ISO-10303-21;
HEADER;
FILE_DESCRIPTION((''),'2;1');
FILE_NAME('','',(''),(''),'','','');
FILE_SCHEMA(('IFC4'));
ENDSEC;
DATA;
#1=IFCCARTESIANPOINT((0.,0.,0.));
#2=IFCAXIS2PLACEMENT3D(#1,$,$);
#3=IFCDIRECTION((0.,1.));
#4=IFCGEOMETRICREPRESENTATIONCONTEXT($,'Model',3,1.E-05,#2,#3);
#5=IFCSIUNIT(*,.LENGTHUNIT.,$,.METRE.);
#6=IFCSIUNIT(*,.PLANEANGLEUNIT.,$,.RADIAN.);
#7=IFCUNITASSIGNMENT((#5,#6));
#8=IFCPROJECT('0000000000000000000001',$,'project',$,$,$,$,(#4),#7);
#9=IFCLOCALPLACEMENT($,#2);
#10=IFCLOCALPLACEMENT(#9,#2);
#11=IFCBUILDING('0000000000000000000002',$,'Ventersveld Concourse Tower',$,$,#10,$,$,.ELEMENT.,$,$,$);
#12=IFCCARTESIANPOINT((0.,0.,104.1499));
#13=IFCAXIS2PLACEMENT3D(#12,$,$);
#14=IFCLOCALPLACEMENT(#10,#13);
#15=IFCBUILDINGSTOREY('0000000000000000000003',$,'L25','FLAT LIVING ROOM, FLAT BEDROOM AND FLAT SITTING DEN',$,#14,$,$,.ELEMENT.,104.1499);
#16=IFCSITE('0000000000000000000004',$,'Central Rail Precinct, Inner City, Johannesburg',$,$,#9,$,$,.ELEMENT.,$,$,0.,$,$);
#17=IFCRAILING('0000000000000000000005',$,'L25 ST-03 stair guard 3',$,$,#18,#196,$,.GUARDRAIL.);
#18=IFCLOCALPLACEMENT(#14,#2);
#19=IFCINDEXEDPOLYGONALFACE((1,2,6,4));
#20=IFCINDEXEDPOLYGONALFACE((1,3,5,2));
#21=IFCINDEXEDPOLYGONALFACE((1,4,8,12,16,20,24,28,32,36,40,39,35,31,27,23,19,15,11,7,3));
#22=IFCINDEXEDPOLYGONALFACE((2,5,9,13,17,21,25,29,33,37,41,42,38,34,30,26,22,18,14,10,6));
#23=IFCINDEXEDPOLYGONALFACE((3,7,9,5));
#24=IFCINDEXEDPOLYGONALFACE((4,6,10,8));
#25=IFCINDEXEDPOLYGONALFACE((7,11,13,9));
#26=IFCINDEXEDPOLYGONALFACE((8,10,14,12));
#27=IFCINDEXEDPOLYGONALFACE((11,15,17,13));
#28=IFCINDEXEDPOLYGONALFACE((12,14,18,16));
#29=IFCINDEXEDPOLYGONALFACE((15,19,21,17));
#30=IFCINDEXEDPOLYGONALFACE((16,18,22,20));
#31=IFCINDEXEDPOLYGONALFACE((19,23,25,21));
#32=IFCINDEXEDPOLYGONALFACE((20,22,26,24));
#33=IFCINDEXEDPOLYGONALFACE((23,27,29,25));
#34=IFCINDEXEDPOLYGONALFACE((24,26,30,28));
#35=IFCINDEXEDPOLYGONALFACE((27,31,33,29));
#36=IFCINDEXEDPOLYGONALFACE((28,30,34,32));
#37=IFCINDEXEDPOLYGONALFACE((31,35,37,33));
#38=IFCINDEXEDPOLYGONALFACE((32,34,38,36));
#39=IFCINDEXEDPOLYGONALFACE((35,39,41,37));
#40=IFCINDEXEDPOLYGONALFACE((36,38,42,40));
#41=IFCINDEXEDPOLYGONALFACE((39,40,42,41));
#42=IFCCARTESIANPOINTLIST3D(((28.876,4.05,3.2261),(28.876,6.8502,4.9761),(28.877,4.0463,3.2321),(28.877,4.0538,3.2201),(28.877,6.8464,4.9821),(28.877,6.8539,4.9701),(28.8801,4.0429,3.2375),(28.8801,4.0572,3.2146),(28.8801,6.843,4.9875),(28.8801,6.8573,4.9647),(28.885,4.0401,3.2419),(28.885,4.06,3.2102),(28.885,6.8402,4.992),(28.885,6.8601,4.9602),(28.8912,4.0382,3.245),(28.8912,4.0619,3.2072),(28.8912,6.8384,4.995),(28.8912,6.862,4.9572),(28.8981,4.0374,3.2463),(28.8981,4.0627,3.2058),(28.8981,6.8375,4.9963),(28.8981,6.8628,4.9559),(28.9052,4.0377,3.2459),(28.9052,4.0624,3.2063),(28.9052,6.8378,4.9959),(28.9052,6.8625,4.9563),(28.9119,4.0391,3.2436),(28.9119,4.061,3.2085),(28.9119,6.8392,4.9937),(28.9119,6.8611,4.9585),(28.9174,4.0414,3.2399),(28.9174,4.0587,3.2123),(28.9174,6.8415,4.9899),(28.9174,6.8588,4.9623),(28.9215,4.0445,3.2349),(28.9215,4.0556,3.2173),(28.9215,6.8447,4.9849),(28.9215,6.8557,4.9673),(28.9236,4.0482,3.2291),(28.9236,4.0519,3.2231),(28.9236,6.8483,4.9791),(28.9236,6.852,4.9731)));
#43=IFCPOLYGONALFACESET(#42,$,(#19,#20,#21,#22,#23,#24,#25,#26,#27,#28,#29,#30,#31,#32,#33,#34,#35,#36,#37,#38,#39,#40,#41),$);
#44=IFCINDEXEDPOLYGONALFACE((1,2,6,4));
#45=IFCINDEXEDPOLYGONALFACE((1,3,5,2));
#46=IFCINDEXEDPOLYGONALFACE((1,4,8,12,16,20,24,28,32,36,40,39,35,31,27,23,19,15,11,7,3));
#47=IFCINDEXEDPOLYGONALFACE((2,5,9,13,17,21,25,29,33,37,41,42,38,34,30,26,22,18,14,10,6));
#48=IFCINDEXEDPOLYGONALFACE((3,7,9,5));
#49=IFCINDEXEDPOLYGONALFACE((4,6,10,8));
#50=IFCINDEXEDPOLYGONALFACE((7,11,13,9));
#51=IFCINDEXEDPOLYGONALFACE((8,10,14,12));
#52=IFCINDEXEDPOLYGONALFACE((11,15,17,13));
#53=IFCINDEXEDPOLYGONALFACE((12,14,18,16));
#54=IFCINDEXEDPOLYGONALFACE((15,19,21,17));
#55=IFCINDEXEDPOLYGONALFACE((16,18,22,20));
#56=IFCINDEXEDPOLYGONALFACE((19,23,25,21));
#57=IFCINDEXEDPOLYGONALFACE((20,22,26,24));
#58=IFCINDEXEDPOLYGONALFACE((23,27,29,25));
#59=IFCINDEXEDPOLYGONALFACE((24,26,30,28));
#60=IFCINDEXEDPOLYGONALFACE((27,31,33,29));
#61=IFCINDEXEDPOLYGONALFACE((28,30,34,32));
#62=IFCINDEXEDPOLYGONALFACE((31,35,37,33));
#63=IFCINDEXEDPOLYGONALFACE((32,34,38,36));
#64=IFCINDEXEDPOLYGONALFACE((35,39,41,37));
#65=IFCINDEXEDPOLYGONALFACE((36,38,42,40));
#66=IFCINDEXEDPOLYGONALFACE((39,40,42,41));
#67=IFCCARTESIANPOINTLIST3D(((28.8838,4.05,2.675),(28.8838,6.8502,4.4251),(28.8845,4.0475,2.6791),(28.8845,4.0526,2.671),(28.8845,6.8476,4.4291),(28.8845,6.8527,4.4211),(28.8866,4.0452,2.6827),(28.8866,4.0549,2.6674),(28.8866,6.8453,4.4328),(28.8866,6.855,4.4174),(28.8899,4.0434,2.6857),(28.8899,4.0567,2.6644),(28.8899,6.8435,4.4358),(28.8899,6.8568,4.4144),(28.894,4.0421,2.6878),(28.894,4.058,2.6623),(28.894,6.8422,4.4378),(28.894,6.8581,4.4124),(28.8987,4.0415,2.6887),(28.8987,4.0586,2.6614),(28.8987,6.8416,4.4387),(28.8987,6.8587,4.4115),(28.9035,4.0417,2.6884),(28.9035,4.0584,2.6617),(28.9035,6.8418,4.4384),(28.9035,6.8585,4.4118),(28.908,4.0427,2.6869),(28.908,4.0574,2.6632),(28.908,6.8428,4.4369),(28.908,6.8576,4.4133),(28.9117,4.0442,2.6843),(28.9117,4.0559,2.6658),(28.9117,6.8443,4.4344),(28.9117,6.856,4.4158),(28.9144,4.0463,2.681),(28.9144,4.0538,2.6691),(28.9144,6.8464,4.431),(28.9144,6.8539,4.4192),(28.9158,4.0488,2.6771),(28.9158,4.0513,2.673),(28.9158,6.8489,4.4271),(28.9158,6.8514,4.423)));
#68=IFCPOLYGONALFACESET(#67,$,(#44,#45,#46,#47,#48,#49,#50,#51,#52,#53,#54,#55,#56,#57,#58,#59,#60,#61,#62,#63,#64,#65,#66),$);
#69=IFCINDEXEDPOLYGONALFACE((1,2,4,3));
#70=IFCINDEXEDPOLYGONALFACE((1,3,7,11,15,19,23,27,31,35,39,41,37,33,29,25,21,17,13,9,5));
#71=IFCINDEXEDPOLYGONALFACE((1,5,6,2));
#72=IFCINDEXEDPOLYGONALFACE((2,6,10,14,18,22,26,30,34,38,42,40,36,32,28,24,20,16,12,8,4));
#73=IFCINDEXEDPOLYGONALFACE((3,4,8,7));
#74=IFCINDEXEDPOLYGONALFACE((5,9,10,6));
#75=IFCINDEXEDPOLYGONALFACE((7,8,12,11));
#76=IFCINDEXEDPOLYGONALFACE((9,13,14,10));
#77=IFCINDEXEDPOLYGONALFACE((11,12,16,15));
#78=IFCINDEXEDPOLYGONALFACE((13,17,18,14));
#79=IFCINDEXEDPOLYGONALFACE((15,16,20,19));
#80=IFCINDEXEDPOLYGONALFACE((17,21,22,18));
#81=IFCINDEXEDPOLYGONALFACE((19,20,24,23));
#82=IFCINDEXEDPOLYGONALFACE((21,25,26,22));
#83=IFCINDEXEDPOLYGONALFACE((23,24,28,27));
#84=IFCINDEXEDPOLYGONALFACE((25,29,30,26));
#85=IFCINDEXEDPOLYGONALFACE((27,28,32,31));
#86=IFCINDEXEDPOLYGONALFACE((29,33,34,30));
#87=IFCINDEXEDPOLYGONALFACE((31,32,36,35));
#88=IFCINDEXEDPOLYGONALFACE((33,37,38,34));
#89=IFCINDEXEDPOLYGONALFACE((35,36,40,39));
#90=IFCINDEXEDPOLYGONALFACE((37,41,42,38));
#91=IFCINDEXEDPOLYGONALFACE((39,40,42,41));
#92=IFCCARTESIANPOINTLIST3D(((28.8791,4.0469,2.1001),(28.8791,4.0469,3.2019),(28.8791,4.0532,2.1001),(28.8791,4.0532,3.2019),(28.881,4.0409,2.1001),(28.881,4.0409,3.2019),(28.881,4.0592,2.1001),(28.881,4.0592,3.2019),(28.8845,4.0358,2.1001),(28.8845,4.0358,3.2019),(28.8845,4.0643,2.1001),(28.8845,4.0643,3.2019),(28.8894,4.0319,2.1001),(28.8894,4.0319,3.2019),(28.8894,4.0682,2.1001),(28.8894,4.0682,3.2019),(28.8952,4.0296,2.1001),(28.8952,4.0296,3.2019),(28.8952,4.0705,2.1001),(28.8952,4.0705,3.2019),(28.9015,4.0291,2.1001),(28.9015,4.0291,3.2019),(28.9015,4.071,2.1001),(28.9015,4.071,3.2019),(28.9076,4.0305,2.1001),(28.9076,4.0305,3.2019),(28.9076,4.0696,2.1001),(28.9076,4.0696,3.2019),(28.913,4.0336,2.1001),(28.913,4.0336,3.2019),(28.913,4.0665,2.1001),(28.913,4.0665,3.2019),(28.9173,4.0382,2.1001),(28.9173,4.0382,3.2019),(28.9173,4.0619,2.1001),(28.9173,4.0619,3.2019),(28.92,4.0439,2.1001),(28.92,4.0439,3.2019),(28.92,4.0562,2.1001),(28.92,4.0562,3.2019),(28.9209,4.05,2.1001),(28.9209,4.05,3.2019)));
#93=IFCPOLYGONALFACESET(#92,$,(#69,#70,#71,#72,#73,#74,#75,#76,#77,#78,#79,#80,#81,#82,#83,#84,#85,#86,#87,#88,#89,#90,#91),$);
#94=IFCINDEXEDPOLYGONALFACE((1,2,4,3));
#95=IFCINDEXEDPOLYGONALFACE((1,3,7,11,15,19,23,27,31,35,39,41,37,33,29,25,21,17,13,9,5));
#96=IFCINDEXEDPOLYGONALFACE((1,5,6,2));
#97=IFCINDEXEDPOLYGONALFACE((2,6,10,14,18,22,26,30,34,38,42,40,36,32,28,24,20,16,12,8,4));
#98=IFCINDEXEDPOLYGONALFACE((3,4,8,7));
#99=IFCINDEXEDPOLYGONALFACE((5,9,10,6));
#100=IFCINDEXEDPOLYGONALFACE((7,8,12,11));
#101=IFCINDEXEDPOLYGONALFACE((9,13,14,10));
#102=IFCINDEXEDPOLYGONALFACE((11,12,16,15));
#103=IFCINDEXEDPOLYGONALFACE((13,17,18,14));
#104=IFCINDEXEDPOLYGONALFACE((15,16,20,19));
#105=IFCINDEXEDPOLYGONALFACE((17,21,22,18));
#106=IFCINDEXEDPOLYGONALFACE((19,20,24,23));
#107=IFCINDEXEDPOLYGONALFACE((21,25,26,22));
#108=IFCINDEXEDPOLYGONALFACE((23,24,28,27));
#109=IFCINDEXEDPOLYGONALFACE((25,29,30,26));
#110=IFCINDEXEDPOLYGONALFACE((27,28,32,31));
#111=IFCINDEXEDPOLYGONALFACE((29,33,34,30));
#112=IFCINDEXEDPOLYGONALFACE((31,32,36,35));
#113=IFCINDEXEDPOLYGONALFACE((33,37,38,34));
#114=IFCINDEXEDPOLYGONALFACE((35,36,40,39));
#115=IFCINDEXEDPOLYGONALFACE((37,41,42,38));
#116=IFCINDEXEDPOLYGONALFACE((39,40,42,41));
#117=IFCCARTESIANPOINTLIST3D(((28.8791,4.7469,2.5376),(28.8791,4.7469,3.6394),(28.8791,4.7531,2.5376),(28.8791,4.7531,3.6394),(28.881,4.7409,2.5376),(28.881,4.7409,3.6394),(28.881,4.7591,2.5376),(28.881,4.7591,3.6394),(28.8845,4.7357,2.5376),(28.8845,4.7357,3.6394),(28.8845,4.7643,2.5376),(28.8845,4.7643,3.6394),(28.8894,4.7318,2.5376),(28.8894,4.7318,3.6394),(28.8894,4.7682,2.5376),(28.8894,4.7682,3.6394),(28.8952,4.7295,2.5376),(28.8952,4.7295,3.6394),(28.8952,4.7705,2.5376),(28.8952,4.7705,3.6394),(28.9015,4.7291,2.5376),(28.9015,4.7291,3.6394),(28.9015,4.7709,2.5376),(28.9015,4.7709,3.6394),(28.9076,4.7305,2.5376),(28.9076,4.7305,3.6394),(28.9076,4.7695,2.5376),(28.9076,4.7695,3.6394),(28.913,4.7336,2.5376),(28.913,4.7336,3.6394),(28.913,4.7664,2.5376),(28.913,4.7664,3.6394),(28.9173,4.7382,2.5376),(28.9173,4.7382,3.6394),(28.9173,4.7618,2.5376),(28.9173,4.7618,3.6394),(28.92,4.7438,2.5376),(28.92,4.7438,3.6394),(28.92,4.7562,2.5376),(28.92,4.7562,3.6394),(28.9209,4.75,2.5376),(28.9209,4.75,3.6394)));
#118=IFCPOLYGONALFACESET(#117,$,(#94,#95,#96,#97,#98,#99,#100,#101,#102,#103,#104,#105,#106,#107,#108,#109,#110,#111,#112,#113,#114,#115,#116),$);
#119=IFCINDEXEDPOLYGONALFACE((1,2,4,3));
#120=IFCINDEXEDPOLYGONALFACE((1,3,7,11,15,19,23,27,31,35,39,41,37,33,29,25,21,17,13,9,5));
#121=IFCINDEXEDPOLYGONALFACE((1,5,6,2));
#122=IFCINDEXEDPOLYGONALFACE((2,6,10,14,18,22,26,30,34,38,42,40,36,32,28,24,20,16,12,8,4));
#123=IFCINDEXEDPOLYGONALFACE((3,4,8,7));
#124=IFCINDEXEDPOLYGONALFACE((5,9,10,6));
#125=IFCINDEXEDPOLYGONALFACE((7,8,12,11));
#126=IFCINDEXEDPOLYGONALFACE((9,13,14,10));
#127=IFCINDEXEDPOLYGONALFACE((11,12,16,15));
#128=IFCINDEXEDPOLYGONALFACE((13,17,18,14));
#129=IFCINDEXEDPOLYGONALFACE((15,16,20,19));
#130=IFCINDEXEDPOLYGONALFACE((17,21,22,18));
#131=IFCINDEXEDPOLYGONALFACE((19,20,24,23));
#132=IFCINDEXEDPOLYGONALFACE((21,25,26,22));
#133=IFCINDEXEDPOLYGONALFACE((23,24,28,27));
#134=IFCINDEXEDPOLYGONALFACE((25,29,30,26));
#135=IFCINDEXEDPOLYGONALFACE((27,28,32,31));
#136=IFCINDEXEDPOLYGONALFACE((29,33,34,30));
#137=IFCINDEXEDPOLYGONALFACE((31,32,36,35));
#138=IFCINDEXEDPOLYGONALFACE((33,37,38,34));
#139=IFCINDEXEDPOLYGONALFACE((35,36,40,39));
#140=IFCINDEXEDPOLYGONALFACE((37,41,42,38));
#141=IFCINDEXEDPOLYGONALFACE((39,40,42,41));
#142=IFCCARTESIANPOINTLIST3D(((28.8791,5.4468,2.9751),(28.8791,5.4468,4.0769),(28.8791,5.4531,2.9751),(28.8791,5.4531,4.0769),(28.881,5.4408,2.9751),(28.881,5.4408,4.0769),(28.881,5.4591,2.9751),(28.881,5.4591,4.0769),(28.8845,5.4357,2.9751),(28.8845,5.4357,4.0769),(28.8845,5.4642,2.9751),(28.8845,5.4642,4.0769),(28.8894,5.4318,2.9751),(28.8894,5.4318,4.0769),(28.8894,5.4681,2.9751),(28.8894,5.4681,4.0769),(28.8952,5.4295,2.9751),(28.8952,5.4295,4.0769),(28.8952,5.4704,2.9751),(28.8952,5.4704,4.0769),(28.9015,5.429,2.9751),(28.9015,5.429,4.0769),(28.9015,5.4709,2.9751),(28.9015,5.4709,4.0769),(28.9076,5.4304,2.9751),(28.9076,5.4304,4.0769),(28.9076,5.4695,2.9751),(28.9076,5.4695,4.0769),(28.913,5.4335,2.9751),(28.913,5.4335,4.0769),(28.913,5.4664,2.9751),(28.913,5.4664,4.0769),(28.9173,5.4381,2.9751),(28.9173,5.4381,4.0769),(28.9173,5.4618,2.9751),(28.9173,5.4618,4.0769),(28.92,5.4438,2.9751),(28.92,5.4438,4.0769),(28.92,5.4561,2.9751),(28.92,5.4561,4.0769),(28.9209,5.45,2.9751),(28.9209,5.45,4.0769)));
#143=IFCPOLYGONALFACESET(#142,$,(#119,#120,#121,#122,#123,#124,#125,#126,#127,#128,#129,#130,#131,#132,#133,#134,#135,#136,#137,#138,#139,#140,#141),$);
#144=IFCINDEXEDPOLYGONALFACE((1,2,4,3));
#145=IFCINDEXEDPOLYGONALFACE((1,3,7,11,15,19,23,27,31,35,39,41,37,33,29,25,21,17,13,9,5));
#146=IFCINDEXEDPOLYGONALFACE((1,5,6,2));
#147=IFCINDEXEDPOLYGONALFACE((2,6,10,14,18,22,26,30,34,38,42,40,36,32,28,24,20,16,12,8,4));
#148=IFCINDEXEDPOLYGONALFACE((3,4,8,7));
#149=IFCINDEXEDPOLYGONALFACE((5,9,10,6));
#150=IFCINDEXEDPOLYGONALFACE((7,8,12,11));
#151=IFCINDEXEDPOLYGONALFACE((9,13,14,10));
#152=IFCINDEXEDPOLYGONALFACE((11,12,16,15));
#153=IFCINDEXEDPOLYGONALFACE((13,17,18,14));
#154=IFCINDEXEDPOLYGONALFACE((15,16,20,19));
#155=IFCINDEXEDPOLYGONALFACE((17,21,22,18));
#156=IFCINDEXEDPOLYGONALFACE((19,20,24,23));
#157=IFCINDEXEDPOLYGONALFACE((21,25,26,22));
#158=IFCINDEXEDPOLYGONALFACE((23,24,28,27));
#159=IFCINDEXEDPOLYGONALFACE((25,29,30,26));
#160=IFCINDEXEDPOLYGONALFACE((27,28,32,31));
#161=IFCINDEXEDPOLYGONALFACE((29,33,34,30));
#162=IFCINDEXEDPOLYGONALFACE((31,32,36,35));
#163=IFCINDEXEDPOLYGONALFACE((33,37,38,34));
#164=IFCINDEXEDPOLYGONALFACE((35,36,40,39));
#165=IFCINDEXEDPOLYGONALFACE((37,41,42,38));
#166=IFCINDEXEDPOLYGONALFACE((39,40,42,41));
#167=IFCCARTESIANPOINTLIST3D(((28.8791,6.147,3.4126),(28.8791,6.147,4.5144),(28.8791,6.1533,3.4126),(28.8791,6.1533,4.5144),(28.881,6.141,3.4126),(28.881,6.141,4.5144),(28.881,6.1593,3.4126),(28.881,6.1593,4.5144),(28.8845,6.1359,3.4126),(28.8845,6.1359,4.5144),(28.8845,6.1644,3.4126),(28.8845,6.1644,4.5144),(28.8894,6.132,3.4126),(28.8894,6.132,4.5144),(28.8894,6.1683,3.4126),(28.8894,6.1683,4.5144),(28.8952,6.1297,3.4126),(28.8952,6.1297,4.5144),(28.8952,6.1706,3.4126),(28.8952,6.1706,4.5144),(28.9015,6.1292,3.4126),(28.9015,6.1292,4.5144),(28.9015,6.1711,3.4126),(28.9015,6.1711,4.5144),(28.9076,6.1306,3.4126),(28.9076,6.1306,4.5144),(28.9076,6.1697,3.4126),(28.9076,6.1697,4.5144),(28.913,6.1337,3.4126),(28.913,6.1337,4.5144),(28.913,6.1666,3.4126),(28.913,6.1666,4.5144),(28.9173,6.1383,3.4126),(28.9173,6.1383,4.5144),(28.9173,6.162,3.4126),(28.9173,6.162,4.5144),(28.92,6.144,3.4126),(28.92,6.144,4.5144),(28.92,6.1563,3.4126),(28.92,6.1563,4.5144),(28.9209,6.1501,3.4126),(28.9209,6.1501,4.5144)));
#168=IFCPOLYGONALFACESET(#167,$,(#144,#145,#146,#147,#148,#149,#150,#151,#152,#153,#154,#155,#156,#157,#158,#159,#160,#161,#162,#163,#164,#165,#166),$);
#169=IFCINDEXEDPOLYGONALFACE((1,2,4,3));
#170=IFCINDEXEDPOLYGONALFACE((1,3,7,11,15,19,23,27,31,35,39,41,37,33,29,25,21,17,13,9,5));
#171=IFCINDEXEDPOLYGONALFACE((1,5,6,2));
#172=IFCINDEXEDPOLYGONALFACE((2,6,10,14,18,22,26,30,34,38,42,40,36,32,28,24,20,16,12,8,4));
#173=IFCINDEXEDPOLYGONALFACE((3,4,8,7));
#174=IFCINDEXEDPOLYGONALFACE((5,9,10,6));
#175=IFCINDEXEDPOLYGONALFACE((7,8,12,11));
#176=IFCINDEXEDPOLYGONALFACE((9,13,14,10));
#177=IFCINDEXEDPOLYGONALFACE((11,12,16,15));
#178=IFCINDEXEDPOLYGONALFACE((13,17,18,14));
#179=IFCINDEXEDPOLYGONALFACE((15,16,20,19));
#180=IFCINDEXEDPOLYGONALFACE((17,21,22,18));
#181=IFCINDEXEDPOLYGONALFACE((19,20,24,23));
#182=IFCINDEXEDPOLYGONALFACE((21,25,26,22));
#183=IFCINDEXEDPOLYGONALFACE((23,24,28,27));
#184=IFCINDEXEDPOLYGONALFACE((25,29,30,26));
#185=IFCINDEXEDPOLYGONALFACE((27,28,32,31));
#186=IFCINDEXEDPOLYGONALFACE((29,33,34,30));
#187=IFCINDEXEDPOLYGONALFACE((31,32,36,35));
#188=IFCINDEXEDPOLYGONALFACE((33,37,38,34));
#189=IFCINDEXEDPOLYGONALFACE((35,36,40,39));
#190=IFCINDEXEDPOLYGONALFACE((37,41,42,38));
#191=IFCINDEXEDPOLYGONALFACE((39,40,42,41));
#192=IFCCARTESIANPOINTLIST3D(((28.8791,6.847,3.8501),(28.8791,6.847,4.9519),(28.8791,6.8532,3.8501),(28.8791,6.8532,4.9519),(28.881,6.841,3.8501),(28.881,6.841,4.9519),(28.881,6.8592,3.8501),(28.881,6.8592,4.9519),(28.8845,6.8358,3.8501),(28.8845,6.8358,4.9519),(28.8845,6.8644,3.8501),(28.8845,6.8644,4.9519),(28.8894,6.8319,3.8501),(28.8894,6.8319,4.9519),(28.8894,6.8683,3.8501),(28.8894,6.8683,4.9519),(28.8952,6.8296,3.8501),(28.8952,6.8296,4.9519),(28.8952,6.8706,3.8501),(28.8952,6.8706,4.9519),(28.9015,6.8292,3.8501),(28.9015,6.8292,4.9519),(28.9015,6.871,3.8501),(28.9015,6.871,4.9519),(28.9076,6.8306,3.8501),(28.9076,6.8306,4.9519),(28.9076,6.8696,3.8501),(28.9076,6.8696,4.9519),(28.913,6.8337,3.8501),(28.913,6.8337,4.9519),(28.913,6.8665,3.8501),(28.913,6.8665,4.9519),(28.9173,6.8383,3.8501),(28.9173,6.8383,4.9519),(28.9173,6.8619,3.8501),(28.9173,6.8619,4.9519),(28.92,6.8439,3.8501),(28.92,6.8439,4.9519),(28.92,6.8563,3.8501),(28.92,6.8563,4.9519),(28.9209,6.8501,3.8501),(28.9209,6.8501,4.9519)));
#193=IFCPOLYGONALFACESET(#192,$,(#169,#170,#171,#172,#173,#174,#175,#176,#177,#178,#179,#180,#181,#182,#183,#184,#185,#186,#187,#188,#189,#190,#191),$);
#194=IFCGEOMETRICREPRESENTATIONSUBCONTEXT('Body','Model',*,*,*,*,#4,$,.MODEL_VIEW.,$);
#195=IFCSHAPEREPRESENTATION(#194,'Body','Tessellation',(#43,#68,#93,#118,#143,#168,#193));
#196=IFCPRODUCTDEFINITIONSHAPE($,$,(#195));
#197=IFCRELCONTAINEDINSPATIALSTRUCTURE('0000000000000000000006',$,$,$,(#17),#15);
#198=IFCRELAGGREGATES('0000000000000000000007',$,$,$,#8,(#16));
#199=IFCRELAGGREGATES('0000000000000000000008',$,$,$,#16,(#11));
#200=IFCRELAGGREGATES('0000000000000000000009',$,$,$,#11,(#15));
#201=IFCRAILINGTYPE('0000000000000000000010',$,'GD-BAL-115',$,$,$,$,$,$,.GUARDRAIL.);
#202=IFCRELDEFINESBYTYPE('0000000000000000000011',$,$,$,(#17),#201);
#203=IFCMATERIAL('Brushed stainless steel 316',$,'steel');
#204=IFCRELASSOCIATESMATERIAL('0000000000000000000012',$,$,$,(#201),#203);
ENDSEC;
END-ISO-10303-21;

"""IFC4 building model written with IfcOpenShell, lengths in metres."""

from ifc_helpers import new_model, si_unit, direction, frame, origin, origin_2d, place, context, subcontext, project, spatial, circle, extrude, material, type_object, element, save


model = new_model("IFC4")

# Units and contexts
model_context = context("Model", 3, precision=1e-05, world=origin(), true_north=direction((0.0, 1.0)))
body_context = subcontext(model_context, "Body", "Model", "MODEL_VIEW")
ifc_project = project(units=[si_unit("LENGTHUNIT", "METRE"), si_unit("PLANEANGLEUNIT", "RADIAN")], contexts=[model_context])

# Site, building, storey
site_placement = place(None, origin())
site = spatial("IfcSite", under=ifc_project, at=site_placement, Name="Central Rail Precinct, Inner City, Johannesburg", CompositionType="ELEMENT", RefElevation=0.0)
building_placement = place(site_placement, origin())
building = spatial("IfcBuilding", under=site, at=building_placement, Name="Ventersveld Concourse Tower", CompositionType="ELEMENT")
storey_placement = place(building_placement, frame((0.0, 0.0, 104.1499)))
storey = spatial("IfcBuildingStorey", under=building, at=storey_placement, Name="L25", Description="FLAT LIVING ROOM, FLAT BEDROOM AND FLAT SITTING DEN", CompositionType="ELEMENT", Elevation=104.1499)

# Railing
ifc_material_1 = material(Name="Brushed stainless steel 316", Category="steel")
railing_type_1 = type_object("IfcRailingType", Name="GD-BAL-115", PredefinedType="GUARDRAIL", material=ifc_material_1)
railing_1_placement = place(storey_placement, frame((28.8999, 4.05, 2.1001)))
element("IfcRailing", 1, at=railing_1_placement, inside=storey, type_object=railing_type_1, Name="L25 ST-03 stair guard 3", PredefinedType="GUARDRAIL", context=body_context, shape_type="SweptSolid", body=[
    extrude(circle(Radius=0.0239, at=origin_2d()), frame((0.0, 0.0, 1.126), z_axis=(0.0, 0.848002, 0.529992), x_axis=(-1.0, 0.0, 0.0)), (0.0, 0.0, 1.0), 3.302),
    extrude(circle(Radius=0.0161, at=origin_2d()), frame((0.0, 0.0, 0.575), z_axis=(0.0, 0.848002, 0.529992), x_axis=(-1.0, 0.0, 0.0)), (0.0, 0.0, 1.0), 3.302),
    extrude(circle(Radius=0.021, at=origin_2d()), origin(), (0.0, 0.0, 1.0), 1.1018),
    extrude(circle(Radius=0.021, at=origin_2d()), frame((0.0, 0.7, 0.4375)), (0.0, 0.0, 1.0), 1.1018),
    extrude(circle(Radius=0.021, at=origin_2d()), frame((0.0, 1.3999, 0.875)), (0.0, 0.0, 1.0), 1.1018),
    extrude(circle(Radius=0.021, at=origin_2d()), frame((0.0, 2.1001, 1.3125)), (0.0, 0.0, 1.0), 1.1018),
    extrude(circle(Radius=0.021, at=origin_2d()), frame((0.0, 2.8, 1.75)), (0.0, 0.0, 1.0), 1.1018),
])

save(model, "model.ifc")
